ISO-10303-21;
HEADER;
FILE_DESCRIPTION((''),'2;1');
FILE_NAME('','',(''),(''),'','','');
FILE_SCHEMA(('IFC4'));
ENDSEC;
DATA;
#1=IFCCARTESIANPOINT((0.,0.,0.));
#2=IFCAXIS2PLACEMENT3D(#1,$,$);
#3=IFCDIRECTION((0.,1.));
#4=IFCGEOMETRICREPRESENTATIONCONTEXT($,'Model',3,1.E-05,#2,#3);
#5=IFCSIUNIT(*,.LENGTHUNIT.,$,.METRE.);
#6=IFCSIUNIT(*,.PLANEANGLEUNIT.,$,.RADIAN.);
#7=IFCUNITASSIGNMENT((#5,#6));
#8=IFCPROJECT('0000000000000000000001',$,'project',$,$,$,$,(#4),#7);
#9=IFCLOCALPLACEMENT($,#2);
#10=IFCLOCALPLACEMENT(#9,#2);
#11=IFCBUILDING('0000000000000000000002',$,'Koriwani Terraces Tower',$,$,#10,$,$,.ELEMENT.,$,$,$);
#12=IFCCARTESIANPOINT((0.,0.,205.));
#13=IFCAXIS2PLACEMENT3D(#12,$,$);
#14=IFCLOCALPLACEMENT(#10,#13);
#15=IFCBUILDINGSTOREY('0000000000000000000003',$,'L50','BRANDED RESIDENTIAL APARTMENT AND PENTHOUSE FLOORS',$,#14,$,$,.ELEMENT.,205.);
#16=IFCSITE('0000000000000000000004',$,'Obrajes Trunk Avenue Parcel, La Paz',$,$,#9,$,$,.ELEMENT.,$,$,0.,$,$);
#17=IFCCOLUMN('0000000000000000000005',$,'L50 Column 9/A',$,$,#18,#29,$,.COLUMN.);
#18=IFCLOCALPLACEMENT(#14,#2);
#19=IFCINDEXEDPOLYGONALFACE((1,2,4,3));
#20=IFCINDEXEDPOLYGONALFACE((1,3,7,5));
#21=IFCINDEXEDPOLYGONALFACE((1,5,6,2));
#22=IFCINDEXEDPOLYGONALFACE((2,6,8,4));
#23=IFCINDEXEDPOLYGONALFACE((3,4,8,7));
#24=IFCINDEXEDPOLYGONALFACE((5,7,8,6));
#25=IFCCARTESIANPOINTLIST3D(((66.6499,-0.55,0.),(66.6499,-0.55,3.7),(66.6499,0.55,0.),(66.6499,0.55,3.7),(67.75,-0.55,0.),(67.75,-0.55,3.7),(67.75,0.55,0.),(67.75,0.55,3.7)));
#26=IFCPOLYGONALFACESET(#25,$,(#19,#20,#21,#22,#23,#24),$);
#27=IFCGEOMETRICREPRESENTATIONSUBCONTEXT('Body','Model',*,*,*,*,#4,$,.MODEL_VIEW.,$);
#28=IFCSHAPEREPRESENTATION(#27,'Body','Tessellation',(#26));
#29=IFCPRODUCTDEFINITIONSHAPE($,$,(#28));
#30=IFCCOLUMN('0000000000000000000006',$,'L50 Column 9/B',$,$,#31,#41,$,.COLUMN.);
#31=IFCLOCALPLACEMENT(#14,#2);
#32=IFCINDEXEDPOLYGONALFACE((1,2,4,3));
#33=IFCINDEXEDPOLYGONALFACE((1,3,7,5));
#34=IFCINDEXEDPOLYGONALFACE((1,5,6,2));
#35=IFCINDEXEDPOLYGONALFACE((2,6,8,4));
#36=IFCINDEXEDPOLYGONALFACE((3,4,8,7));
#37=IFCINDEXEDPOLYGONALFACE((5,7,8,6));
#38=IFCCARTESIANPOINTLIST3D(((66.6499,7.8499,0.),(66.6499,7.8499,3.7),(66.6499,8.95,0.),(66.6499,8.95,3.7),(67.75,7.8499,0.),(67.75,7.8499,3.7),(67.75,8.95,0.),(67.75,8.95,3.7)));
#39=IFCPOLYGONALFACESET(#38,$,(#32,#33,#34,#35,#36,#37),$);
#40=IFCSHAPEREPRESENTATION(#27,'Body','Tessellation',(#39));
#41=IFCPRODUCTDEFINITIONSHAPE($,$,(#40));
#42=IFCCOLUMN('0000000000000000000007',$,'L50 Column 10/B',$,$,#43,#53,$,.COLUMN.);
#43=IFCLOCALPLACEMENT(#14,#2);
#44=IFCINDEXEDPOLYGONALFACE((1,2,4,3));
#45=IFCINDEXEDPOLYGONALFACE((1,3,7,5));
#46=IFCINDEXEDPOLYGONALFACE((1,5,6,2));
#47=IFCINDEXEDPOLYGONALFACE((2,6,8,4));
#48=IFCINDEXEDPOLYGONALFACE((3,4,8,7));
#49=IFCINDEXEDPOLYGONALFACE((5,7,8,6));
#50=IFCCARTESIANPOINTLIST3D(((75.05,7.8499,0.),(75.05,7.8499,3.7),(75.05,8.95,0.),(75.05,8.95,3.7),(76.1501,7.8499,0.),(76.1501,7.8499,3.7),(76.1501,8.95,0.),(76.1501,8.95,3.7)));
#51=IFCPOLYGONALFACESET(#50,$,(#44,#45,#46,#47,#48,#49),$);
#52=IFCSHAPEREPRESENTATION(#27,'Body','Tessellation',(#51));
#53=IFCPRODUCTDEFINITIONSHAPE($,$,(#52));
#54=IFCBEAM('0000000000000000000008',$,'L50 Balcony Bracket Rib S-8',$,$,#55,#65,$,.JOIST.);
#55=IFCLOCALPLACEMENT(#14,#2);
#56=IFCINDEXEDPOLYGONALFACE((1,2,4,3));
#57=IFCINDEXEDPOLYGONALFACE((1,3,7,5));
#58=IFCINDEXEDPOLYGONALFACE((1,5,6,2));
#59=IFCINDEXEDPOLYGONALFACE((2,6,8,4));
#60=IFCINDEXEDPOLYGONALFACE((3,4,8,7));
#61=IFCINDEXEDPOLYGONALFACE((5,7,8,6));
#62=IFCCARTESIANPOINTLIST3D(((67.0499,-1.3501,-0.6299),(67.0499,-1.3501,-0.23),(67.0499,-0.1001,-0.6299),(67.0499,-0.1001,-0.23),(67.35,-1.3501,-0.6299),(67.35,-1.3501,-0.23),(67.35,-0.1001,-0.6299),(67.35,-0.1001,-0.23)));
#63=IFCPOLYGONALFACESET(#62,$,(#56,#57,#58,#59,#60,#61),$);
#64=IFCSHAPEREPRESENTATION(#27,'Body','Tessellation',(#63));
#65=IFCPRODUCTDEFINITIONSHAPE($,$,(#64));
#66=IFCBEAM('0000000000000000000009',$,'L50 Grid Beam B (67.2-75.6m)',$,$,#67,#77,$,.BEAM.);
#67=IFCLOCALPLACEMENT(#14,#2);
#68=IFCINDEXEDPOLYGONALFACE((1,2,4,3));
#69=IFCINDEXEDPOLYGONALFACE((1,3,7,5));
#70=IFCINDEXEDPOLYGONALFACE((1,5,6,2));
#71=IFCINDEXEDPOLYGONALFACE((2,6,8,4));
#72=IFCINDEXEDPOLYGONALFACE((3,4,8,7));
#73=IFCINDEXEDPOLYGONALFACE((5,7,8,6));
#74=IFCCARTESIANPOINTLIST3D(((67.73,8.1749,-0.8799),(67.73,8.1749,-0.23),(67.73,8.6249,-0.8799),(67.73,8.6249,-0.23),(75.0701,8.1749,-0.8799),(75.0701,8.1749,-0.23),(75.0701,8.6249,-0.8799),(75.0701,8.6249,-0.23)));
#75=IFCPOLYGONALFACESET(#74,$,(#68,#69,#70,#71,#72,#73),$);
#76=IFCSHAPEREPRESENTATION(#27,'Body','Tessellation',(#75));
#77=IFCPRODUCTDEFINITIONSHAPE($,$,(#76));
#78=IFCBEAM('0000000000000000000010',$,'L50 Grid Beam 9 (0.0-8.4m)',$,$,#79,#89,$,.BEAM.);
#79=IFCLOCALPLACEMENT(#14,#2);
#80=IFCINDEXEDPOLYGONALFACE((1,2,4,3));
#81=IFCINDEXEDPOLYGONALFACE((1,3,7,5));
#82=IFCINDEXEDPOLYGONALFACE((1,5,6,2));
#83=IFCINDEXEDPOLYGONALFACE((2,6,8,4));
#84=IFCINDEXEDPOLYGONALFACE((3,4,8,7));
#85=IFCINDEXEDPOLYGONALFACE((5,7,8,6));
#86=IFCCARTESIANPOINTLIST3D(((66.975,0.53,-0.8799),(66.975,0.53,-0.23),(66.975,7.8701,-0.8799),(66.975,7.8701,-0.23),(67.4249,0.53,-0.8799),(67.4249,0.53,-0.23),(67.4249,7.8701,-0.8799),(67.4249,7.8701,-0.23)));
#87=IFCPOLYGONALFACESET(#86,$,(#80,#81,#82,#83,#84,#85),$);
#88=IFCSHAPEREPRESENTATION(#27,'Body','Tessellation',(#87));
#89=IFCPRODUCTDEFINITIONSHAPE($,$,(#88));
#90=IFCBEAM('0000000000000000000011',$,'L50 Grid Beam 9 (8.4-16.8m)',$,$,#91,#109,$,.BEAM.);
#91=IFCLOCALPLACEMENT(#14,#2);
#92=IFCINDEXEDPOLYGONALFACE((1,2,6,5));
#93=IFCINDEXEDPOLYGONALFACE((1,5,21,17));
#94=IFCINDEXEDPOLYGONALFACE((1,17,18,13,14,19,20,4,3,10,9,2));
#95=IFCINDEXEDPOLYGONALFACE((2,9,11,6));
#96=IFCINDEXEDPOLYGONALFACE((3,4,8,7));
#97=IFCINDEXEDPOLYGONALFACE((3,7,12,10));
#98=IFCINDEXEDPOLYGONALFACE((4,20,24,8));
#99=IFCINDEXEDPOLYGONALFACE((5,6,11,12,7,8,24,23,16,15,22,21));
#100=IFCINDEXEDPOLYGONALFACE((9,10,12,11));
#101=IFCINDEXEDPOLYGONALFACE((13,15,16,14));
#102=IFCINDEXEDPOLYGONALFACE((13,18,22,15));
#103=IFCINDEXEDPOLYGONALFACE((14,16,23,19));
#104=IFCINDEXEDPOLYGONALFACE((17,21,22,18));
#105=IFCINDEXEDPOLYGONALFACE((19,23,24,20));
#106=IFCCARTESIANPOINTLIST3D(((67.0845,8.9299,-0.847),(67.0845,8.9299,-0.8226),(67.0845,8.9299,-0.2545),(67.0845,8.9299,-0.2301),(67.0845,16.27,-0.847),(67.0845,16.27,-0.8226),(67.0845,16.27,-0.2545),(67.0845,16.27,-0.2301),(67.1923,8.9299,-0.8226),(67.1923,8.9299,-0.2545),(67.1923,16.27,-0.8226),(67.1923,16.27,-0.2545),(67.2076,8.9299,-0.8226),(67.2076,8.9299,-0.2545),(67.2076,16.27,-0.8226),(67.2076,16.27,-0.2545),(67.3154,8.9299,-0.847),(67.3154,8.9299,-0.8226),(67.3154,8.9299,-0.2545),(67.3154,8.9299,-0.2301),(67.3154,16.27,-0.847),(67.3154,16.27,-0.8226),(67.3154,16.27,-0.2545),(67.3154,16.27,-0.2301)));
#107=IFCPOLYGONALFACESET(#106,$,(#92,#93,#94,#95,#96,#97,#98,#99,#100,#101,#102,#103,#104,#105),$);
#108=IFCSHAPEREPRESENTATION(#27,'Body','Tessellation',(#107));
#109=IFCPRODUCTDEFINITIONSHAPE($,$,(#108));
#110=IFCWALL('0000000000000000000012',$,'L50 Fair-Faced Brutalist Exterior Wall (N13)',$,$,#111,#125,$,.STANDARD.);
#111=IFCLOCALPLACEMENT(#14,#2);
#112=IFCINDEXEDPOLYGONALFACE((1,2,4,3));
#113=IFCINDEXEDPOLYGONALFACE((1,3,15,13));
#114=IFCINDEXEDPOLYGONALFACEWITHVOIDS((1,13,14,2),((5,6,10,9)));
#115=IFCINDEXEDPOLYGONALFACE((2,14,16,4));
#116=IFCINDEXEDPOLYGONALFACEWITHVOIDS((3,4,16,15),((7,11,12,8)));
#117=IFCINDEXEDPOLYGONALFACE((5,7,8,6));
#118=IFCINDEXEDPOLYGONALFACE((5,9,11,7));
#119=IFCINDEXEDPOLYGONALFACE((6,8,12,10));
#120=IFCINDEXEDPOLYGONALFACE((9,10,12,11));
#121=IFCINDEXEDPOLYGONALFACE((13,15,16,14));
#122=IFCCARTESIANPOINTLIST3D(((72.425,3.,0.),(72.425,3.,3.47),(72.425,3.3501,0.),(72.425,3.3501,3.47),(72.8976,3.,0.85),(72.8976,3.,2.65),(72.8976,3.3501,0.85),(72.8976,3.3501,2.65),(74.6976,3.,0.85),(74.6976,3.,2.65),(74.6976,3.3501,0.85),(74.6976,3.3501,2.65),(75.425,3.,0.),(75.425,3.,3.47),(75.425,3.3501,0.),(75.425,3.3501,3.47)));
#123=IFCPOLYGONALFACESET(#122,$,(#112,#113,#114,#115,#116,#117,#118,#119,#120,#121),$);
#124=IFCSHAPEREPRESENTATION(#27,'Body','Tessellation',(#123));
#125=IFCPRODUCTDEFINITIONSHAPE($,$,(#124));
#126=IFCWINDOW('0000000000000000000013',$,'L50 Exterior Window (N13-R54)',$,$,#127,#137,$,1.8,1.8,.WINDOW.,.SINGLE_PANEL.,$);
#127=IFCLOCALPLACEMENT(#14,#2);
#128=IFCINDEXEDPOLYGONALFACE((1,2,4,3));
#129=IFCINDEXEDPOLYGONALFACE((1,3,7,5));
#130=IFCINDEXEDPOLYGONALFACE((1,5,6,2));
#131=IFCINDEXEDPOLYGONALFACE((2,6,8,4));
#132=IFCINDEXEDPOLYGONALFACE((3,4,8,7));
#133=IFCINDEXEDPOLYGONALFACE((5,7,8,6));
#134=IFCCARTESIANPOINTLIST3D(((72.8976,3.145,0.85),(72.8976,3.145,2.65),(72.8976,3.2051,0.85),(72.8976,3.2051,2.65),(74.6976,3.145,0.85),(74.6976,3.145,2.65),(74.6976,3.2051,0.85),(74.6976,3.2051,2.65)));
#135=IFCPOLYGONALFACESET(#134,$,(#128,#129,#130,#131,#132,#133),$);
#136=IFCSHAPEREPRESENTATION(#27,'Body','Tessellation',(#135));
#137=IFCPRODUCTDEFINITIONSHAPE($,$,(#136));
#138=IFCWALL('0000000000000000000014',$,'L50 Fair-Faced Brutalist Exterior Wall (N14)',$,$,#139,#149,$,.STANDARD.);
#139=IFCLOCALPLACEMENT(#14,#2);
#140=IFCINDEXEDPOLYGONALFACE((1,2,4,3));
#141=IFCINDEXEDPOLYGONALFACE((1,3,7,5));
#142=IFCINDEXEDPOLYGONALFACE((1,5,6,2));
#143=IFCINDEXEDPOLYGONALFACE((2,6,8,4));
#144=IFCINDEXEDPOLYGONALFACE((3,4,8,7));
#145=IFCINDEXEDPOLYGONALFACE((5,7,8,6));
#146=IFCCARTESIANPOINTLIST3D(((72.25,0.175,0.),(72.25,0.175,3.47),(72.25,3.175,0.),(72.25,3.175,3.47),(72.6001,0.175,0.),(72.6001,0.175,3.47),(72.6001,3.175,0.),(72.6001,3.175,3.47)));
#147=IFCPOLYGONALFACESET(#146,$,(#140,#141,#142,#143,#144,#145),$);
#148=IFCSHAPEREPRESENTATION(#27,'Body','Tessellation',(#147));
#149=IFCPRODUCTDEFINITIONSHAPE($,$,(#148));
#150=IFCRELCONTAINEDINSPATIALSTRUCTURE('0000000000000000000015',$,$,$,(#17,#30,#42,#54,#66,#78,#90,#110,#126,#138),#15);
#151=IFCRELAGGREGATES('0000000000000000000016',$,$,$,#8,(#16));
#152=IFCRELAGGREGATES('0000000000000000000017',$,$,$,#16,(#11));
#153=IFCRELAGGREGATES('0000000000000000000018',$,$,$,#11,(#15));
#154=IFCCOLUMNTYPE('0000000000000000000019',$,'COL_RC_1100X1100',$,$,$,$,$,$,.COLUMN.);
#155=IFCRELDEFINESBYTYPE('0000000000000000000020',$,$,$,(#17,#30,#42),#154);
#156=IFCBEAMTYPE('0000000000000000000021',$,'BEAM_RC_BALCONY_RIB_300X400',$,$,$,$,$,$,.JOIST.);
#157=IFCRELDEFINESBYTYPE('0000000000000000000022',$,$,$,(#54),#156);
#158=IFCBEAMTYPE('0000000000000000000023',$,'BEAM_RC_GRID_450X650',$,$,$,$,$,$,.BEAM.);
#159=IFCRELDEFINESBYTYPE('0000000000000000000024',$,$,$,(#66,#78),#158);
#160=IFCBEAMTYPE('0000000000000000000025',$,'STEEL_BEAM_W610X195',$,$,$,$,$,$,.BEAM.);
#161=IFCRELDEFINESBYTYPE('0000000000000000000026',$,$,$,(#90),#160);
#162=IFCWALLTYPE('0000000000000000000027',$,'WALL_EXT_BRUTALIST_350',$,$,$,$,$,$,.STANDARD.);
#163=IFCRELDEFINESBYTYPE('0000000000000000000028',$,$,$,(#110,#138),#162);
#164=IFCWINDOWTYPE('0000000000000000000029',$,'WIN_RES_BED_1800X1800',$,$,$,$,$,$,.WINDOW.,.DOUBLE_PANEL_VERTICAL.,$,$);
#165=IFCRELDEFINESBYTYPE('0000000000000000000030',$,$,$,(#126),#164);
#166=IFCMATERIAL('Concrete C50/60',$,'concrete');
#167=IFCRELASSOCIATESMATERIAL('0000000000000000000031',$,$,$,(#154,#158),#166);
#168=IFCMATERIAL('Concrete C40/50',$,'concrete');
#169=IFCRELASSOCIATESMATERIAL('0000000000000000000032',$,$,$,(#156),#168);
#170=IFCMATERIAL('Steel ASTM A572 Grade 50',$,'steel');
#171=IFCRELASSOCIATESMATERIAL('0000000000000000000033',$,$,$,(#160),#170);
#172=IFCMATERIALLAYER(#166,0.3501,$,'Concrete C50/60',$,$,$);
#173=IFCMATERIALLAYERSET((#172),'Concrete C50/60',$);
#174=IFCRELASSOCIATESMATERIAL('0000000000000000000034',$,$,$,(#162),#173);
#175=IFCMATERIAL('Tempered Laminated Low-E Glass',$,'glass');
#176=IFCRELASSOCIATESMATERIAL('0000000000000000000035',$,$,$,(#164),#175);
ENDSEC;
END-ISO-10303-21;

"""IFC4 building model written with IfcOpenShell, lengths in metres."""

from ifc_helpers import new_model, si_unit, direction, frame, frame_2d, origin, origin_2d, place, context, subcontext, project, spatial, rectangle, i_section, extrude, material, layer, layer_set, material_profile, profile_set, type_object, element, fill, save


model = new_model("IFC4")

# Units and contexts
model_context = context("Model", 3, precision=1e-05, world=origin(), true_north=direction((0.0, 1.0)))
body_context = subcontext(model_context, "Body", "Model", "MODEL_VIEW")
ifc_project = project(units=[si_unit("LENGTHUNIT", "METRE"), si_unit("PLANEANGLEUNIT", "RADIAN")], contexts=[model_context])

# Site, building, storey
site_placement = place(None, origin())
site = spatial("IfcSite", under=ifc_project, at=site_placement, Name="Obrajes Trunk Avenue Parcel, La Paz", CompositionType="ELEMENT", RefElevation=0.0)
building_placement = place(site_placement, origin())
building = spatial("IfcBuilding", under=site, at=building_placement, Name="Koriwani Terraces Tower", CompositionType="ELEMENT")
storey_placement = place(building_placement, frame((0.0, 0.0, 205.0)))
storey = spatial("IfcBuildingStorey", under=building, at=storey_placement, Name="L50", Description="BRANDED RESIDENTIAL APARTMENT AND PENTHOUSE FLOORS", CompositionType="ELEMENT", Elevation=205.0)

# Columns
ifc_material_1 = material(Name="Concrete C50/60", Category="concrete")
ifc_material_profile_1 = material_profile(ifc_material_1, rectangle(XDim=1.1001, YDim=1.1001, at=origin_2d()), Name="Concrete C50/60", Category="LoadBearing")
ifc_profile_set_1 = profile_set([ifc_material_profile_1], Name="Concrete C50/60")
column_type = type_object("IfcColumnType", Name="COL_RC_1100X1100", PredefinedType="COLUMN", material=ifc_profile_set_1)
for number, where, z_axis, x_axis, name in (
    (1, (67.2, 0.0, 0.0), (0.0, 0.0, 1.0), (1.0, 0.0, 0.0), "L50 Column 9/A"),
    (2, (67.2, 8.3999, 0.0), (0.0, 0.0, 1.0), (1.0, 0.0, 0.0), "L50 Column 9/B"),
    (3, (75.6001, 8.3999, 0.0), (0.0, 0.0, 1.0), (1.0, 0.0, 0.0), "L50 Column 10/B"),
):
    element("IfcColumn", number, at=place(storey_placement, frame(where, z_axis=z_axis, x_axis=x_axis)), inside=storey, type_object=column_type, Name=name, PredefinedType="COLUMN", context=body_context, shape_type="SweptSolid", body=[
        extrude(rectangle(XDim=1.1001, YDim=1.1001, at=origin_2d()), origin(), (0.0, 0.0, 1.0), 3.7),
    ])

# Beams
ifc_material_2 = material(Name="Concrete C40/50", Category="concrete")
ifc_material_profile_2 = material_profile(ifc_material_2, rectangle(XDim=0.3, YDim=0.3999, at=origin_2d()), Name="Concrete C40/50", Category="LoadBearing")
ifc_profile_set_2 = profile_set([ifc_material_profile_2], Name="Concrete C40/50")
beam_type_1 = type_object("IfcBeamType", Name="BEAM_RC_BALCONY_RIB_300X400", PredefinedType="JOIST", material=ifc_profile_set_2)
beam_1_placement = place(storey_placement, frame((67.2, -1.3501, -0.4299), z_axis=(0.0, 1.0, 0.0), x_axis=(-1.0, 0.0, 0.0)))
element("IfcBeam", 4, at=beam_1_placement, inside=storey, type_object=beam_type_1, Name="L50 Balcony Bracket Rib S-8", PredefinedType="JOIST", context=body_context, shape_type="SweptSolid", body=[
    extrude(rectangle(XDim=0.3, YDim=0.3999, at=origin_2d()), origin(), (0.0, 0.0, 1.0), 1.25),
])
ifc_material_profile_3 = material_profile(ifc_material_1, rectangle(XDim=0.45, YDim=0.6499, at=origin_2d()), Name="Concrete C50/60", Category="LoadBearing")
ifc_profile_set_3 = profile_set([ifc_material_profile_3], Name="Concrete C50/60")
beam_type_2 = type_object("IfcBeamType", Name="BEAM_RC_GRID_450X650", PredefinedType="BEAM", material=ifc_profile_set_3)
for number, where, z_axis, x_axis, name in (
    (5, (67.73, 8.3999, -0.5549), (1.0, 0.0, 0.0), (0.0, 1.0, 0.0), "L50 Grid Beam B (67.2-75.6m)"),
    (6, (67.2, 0.53, -0.5549), (0.0, 1.0, 0.0), (-1.0, 0.0, 0.0), "L50 Grid Beam 9 (0.0-8.4m)"),
):
    element("IfcBeam", number, at=place(storey_placement, frame(where, z_axis=z_axis, x_axis=x_axis)), inside=storey, type_object=beam_type_2, Name=name, PredefinedType="BEAM", context=body_context, shape_type="SweptSolid", body=[
        extrude(rectangle(XDim=0.45, YDim=0.6499, at=origin_2d()), origin(), (0.0, 0.0, 1.0), 7.3401),
    ])
ifc_material_3 = material(Name="Steel ASTM A572 Grade 50", Category="steel")
ifc_material_profile_4 = material_profile(ifc_material_3, i_section(OverallWidth=0.231, OverallDepth=0.6169, WebThickness=0.0154, FlangeThickness=0.0244, at=origin_2d()), Name="Steel ASTM A572 Grade 50", Category="LoadBearing")
ifc_profile_set_4 = profile_set([ifc_material_profile_4], Name="Steel ASTM A572 Grade 50")
beam_type_3 = type_object("IfcBeamType", Name="STEEL_BEAM_W610X195", PredefinedType="BEAM", material=ifc_profile_set_4)
beam_2_placement = place(storey_placement, frame((67.2, 8.9299, -0.5386), z_axis=(0.0, 1.0, 0.0), x_axis=(-1.0, 0.0, 0.0)))
element("IfcBeam", 7, at=beam_2_placement, inside=storey, type_object=beam_type_3, Name="L50 Grid Beam 9 (8.4-16.8m)", PredefinedType="BEAM", context=body_context, shape_type="SweptSolid", body=[
    extrude(i_section(OverallWidth=0.231, OverallDepth=0.6169, WebThickness=0.0154, FlangeThickness=0.0244, at=origin_2d()), origin(), (0.0, 0.0, 1.0), 7.3401),
])

# Wall, opening, window
ifc_layer_1 = layer(ifc_material_1, 0.3501, Name="Concrete C50/60")
ifc_layer_set_1 = layer_set([ifc_layer_1], Name="Concrete C50/60")
wall_type_1 = type_object("IfcWallType", Name="WALL_EXT_BRUTALIST_350", PredefinedType="STANDARD", material=ifc_layer_set_1)
wall_1_placement = place(storey_placement, frame((75.425, 3.175, 0.0), z_axis=(0.0, 0.0, 1.0), x_axis=(-1.0, 0.0, 0.0)))
wall_1 = element("IfcWall", 8, at=wall_1_placement, inside=storey, type_object=wall_type_1, Name="L50 Fair-Faced Brutalist Exterior Wall (N13)", PredefinedType="STANDARD", context=body_context, shape_type="SweptSolid", body=[
    extrude(rectangle(XDim=3.0, YDim=0.3501, at=frame_2d((1.5, 0.0))), origin(), (0.0, 0.0, 1.0), 3.47),
])
opening_1_placement = place(wall_1_placement, frame((0.7275, 0.0, 0.8501)))
opening_1 = element("IfcOpeningElement", 9, at=opening_1_placement, cuts=wall_1, PredefinedType="OPENING", context=body_context, shape_type="SweptSolid", body=[
    extrude(rectangle(XDim=1.8, YDim=1.8, at=frame_2d((0.8999, 0.8999))), frame((0.0, 0.1851, 0.0), z_axis=(0.0, -1.0, 0.0), x_axis=(1.0, 0.0, 0.0)), (0.0, 0.0, 1.0), 0.3701),
])
ifc_material_4 = material(Name="Tempered Laminated Low-E Glass", Category="glass")
window_type_1 = type_object("IfcWindowType", Name="WIN_RES_BED_1800X1800", PartitioningType="DOUBLE_PANEL_VERTICAL", PredefinedType="WINDOW", material=ifc_material_4)
window_1_placement = place(opening_1_placement, origin())
window_1 = element("IfcWindow", 10, at=window_1_placement, inside=storey, type_object=window_type_1, Name="L50 Exterior Window (N13-R54)", OverallHeight=1.8, OverallWidth=1.8, PartitioningType="SINGLE_PANEL", PredefinedType="WINDOW", context=body_context, shape_type="SweptSolid", body=[
    extrude(rectangle(XDim=1.8, YDim=1.8, at=frame_2d((0.8999, 0.8999))), frame((0.0, 0.03, 0.0), z_axis=(0.0, -1.0, 0.0), x_axis=(1.0, 0.0, 0.0)), (0.0, 0.0, 1.0), 0.0601),
])
fill(opening_1, window_1)

# Wall
wall_2_placement = place(storey_placement, frame((72.425, 3.175, 0.0), z_axis=(0.0, 0.0, 1.0), x_axis=(0.0, -1.0, 0.0)))
element("IfcWall", 11, at=wall_2_placement, inside=storey, type_object=wall_type_1, Name="L50 Fair-Faced Brutalist Exterior Wall (N14)", PredefinedType="STANDARD", context=body_context, shape_type="SweptSolid", body=[
    extrude(rectangle(XDim=3.0, YDim=0.3501, at=frame_2d((1.5, 0.0))), origin(), (0.0, 0.0, 1.0), 3.47),
])

save(model, "model.ifc")
